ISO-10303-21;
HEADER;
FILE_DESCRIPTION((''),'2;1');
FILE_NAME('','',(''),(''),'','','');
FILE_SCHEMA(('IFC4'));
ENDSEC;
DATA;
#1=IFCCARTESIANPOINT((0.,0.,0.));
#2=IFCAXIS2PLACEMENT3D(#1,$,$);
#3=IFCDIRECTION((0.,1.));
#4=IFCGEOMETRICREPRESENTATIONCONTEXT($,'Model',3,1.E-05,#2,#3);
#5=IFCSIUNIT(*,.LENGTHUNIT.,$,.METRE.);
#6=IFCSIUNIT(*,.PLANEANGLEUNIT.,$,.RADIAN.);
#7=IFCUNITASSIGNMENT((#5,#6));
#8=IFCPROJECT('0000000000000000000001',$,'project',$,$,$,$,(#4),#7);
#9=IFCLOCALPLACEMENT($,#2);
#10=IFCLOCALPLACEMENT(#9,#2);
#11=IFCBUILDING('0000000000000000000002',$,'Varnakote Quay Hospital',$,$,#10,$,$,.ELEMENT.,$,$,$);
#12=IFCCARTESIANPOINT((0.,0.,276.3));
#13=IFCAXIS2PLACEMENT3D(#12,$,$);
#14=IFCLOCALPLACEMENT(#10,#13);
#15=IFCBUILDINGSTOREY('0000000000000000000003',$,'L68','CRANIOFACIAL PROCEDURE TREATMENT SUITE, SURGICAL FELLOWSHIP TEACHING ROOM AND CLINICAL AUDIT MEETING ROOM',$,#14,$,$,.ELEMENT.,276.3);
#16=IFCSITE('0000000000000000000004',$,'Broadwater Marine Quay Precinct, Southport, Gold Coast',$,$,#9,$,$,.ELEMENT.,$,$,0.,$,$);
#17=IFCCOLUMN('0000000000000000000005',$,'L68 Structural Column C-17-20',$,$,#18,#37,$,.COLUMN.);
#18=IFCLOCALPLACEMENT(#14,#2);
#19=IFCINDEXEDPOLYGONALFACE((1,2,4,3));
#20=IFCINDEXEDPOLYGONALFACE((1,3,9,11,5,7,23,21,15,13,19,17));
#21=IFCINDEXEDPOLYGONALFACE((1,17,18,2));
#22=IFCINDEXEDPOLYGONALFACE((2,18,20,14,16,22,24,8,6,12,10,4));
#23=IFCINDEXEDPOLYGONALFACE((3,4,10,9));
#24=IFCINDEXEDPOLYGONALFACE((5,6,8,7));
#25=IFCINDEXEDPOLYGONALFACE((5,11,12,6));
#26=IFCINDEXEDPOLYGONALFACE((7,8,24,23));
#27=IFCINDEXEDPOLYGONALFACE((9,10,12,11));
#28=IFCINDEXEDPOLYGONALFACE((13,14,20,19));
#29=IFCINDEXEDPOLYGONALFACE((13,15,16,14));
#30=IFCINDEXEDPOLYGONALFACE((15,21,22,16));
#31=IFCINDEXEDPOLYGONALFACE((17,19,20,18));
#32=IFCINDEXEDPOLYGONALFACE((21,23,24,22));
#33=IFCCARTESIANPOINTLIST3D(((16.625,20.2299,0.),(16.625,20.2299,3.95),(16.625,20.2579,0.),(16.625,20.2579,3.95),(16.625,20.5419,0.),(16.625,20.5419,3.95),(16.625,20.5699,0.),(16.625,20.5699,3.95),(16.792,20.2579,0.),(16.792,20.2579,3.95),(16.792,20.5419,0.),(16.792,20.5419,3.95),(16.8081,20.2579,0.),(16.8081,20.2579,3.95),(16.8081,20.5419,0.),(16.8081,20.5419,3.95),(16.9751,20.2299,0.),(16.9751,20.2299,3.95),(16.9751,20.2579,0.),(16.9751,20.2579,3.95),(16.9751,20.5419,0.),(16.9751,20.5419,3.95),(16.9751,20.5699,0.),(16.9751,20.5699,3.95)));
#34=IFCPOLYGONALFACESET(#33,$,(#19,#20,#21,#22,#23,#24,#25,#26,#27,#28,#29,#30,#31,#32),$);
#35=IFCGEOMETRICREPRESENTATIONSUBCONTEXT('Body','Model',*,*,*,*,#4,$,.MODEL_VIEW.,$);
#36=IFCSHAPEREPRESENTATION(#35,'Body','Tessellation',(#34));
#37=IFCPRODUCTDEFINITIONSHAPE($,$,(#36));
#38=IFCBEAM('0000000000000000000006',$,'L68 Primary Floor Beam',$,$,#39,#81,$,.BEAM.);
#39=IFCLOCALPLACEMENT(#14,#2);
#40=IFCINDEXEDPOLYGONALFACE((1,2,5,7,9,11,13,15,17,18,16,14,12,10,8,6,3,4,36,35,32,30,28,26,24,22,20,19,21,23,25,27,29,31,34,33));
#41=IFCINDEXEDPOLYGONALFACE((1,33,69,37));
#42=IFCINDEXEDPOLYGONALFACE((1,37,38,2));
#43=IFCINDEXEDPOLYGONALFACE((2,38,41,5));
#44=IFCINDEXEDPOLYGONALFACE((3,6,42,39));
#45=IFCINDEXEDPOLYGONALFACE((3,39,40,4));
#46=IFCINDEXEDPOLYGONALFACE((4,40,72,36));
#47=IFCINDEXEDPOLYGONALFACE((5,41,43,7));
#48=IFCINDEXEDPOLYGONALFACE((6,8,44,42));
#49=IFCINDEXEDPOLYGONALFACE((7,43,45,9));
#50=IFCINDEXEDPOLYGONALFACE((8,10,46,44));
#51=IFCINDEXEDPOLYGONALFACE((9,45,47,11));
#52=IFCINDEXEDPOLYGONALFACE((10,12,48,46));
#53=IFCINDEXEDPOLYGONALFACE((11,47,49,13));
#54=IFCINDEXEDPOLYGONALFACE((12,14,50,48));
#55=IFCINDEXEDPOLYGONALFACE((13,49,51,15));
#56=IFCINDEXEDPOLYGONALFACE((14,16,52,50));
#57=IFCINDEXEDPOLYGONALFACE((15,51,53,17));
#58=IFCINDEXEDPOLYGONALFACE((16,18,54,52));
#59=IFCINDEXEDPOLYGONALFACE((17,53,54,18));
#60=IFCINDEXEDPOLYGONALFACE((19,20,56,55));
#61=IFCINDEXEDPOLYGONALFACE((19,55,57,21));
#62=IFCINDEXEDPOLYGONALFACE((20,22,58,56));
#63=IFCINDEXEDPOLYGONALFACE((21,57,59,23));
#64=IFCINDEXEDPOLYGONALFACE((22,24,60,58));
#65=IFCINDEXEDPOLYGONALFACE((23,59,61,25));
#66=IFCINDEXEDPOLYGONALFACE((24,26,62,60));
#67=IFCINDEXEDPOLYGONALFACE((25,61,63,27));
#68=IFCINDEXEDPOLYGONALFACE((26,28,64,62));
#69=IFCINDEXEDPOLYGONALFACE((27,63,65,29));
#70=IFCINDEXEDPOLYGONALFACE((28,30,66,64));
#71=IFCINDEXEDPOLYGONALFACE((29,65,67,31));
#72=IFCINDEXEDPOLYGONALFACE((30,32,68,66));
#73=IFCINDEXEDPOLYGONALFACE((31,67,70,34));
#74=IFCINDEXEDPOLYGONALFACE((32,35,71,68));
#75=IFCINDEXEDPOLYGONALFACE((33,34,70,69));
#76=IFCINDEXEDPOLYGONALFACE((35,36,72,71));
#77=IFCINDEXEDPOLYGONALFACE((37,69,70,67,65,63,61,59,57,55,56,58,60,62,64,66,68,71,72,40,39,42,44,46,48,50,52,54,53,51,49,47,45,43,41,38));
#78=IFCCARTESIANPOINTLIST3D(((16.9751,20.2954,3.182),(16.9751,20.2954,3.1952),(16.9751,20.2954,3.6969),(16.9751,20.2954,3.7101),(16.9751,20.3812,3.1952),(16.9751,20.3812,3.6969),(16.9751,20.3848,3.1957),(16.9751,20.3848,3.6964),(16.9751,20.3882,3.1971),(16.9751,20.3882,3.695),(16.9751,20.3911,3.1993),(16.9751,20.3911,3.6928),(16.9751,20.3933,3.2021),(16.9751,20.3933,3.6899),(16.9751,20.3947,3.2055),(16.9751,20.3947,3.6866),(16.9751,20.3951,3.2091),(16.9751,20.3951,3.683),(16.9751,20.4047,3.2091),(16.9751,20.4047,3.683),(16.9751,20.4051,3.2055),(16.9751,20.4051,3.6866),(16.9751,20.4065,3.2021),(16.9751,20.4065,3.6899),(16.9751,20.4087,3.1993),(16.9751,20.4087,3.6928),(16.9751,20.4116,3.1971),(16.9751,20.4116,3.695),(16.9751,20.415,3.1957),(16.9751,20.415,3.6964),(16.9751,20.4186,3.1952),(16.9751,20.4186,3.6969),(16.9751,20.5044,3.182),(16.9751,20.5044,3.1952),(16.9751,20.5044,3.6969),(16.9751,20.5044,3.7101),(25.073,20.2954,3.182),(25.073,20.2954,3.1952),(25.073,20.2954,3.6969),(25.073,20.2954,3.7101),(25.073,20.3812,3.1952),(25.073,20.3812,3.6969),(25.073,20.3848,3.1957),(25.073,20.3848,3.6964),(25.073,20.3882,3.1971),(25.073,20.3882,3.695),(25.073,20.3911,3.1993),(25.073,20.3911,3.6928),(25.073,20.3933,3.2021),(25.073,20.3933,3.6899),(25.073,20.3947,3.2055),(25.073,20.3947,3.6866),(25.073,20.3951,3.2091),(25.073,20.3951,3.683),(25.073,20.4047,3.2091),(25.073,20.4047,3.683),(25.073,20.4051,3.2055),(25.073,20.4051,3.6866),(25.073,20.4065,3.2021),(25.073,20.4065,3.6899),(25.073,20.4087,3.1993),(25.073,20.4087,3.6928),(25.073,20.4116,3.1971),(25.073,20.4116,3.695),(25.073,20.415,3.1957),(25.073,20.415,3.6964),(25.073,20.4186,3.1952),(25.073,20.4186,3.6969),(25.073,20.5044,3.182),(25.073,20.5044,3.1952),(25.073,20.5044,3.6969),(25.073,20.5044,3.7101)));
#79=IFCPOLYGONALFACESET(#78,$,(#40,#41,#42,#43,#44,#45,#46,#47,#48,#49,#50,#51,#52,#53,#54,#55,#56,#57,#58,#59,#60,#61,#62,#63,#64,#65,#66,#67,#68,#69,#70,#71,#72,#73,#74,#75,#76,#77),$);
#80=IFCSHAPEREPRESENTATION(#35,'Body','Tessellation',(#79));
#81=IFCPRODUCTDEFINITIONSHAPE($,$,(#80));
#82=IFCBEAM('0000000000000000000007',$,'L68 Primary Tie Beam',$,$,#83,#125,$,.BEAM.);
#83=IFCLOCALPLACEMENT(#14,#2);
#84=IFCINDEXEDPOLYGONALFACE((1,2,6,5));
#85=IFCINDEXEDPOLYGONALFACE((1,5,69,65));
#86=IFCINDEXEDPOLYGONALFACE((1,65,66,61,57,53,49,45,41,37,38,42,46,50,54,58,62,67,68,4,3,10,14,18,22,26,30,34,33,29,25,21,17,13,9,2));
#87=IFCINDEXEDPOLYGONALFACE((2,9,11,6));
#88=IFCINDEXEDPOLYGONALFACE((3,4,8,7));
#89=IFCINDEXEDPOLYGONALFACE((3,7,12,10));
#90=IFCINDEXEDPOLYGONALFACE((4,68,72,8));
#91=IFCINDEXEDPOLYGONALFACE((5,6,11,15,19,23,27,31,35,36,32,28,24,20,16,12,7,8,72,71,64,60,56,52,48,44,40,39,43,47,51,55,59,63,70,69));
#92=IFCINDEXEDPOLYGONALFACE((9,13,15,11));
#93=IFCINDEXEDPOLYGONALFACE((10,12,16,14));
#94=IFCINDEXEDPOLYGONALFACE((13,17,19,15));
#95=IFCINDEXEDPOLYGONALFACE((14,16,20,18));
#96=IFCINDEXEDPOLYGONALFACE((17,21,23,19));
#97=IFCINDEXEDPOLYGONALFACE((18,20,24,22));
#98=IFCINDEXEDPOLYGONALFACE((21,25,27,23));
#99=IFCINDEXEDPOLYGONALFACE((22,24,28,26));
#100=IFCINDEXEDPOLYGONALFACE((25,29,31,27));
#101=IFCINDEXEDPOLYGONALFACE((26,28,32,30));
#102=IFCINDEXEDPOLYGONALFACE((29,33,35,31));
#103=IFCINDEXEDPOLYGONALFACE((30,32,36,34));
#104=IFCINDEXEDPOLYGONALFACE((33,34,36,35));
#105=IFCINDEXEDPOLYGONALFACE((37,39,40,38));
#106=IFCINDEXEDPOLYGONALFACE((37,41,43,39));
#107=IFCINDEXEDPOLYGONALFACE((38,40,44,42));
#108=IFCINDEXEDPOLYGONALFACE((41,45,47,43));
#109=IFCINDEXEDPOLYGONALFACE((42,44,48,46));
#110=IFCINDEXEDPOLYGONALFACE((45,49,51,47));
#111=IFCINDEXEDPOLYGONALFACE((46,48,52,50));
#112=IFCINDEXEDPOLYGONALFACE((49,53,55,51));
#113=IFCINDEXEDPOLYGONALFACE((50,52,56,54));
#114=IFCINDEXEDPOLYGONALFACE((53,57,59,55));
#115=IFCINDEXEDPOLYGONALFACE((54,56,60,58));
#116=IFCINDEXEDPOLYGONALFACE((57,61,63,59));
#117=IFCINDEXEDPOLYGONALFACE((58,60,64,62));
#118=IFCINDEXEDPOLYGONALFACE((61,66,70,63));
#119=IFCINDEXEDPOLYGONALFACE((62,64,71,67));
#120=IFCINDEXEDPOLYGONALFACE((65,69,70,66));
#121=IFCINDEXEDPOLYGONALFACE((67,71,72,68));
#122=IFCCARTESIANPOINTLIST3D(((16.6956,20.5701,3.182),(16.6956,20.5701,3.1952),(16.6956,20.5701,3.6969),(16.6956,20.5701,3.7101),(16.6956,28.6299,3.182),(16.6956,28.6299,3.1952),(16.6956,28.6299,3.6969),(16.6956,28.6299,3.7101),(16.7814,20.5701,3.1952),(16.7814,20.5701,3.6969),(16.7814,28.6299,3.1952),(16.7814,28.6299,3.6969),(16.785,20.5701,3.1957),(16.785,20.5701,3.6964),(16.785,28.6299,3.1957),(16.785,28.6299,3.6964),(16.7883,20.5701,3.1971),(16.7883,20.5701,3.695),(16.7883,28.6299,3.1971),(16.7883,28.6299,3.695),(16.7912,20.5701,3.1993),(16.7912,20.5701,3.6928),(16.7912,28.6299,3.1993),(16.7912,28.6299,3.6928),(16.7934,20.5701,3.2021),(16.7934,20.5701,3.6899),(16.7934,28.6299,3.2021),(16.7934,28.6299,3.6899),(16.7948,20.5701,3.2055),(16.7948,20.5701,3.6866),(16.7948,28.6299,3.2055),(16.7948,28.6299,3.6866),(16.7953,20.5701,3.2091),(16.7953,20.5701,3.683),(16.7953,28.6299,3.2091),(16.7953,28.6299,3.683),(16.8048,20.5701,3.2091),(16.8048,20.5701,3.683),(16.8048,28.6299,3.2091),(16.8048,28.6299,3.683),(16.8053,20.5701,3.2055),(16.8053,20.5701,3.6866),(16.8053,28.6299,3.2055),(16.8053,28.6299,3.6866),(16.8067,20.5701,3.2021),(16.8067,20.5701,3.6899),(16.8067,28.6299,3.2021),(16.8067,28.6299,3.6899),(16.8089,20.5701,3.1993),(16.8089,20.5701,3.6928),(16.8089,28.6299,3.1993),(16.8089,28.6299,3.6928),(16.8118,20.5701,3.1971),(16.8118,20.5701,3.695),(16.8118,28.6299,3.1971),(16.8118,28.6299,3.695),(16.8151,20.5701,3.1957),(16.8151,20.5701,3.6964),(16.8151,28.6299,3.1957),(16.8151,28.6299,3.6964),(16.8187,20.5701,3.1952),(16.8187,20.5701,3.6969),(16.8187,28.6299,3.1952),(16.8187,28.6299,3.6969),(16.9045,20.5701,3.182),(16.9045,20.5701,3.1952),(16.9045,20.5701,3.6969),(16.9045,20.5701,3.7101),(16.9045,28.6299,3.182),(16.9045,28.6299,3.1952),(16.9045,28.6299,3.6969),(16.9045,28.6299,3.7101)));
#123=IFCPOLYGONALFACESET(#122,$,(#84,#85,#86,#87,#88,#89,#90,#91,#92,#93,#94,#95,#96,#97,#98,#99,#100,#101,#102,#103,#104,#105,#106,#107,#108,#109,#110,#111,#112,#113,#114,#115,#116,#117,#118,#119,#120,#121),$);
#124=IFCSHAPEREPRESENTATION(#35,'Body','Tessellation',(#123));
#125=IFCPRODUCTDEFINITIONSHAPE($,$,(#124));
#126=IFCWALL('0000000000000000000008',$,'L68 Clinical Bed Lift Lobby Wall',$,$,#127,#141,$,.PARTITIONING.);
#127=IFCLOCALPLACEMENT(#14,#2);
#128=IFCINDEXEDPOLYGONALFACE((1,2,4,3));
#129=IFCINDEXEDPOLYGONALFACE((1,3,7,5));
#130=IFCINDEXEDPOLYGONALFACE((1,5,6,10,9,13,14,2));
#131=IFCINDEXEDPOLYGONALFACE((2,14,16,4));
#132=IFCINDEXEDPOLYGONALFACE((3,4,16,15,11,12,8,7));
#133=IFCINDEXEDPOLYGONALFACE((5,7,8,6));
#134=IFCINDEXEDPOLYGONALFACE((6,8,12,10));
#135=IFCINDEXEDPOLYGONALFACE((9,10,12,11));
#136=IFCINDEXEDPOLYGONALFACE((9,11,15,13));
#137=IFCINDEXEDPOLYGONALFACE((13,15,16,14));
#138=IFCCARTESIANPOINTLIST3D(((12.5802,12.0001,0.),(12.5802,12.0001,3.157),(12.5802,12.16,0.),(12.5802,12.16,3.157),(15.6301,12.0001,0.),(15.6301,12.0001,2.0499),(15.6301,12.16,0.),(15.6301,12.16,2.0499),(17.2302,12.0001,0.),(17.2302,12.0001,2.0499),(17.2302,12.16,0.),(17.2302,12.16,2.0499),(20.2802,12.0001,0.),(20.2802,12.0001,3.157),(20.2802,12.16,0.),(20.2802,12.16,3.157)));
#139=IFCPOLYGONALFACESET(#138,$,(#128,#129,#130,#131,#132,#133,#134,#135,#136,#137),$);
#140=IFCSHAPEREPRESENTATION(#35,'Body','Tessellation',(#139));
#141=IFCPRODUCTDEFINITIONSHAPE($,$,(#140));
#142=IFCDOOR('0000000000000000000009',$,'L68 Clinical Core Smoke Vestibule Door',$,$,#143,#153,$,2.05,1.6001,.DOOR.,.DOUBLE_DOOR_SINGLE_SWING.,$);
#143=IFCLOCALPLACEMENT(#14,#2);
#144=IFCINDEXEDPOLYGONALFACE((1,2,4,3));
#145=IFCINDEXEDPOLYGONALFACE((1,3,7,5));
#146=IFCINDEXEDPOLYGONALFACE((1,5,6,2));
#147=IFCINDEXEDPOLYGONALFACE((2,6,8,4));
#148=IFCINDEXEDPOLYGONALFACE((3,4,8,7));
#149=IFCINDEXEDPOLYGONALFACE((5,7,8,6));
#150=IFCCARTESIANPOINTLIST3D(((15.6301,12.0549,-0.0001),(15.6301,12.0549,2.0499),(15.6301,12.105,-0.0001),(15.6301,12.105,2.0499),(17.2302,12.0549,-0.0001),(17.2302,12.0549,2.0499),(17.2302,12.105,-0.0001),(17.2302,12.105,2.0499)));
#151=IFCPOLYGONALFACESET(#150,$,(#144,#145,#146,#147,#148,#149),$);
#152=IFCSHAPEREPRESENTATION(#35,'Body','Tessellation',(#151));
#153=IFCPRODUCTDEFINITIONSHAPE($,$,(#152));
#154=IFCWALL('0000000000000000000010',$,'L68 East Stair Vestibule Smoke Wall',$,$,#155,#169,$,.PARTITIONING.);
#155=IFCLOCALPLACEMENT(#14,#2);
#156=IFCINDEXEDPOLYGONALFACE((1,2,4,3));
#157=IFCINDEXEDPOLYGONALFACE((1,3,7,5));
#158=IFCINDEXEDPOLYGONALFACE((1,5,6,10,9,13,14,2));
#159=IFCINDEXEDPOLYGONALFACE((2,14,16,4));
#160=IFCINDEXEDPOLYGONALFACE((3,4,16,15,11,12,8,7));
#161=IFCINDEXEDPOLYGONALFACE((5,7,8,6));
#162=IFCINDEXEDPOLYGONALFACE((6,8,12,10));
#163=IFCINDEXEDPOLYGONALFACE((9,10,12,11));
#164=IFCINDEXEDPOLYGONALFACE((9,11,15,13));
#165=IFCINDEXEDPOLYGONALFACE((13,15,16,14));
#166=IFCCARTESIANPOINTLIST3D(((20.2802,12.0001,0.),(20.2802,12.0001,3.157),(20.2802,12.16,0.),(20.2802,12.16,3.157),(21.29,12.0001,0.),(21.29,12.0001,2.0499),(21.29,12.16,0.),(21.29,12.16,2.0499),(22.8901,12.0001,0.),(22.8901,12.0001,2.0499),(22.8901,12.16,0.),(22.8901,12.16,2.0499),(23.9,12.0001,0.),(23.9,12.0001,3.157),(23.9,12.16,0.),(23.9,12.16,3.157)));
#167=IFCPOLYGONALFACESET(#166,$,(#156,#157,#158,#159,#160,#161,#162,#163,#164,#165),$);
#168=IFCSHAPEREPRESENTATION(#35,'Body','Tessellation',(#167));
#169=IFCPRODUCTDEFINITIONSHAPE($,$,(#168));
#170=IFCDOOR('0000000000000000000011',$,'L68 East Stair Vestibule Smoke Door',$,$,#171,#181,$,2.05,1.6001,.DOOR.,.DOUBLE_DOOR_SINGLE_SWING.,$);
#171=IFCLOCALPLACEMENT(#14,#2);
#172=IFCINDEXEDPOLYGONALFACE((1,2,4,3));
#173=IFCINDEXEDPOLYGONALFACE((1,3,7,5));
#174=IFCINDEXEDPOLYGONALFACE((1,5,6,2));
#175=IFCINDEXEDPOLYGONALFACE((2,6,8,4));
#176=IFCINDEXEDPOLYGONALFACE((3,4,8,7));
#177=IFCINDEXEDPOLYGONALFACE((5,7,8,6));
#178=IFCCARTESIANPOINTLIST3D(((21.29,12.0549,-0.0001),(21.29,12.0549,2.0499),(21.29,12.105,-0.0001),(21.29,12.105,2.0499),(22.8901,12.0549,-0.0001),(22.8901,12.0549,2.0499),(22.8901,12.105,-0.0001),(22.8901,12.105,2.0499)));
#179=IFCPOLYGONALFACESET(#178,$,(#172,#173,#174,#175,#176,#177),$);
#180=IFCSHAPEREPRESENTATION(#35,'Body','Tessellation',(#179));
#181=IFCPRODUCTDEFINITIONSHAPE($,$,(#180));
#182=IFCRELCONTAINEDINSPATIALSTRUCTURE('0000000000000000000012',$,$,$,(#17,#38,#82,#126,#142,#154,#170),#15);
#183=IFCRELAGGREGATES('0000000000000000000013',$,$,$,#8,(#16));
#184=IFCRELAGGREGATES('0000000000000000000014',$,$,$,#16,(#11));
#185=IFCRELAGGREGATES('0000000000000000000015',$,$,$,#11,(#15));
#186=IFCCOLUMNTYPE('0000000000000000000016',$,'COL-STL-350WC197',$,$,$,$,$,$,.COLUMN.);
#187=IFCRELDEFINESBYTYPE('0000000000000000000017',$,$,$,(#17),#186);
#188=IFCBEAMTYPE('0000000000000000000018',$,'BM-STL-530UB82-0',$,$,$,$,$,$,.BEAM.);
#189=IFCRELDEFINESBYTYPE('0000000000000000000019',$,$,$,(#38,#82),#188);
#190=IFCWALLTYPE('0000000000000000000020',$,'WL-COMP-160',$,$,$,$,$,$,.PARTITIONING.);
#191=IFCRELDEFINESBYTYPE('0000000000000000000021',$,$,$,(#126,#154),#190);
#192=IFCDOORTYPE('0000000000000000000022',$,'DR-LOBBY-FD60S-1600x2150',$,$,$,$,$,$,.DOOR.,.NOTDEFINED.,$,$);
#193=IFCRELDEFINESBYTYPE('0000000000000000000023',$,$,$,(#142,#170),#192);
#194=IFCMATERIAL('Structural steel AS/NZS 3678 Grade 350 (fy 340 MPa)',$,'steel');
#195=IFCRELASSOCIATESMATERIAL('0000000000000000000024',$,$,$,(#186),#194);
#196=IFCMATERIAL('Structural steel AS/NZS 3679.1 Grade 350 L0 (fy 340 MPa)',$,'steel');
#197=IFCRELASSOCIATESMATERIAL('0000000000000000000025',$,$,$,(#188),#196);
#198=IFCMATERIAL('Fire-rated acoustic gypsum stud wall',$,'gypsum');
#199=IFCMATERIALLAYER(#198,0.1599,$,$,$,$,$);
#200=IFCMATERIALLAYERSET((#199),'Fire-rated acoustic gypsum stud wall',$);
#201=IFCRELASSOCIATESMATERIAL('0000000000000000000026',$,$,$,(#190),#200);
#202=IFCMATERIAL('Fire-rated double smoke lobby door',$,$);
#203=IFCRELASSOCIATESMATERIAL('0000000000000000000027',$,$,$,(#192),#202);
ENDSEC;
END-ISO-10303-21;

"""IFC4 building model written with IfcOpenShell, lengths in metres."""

from ifc_helpers import new_model, si_unit, direction, frame, frame_2d, origin, origin_2d, place, context, subcontext, project, spatial, rectangle, i_section, extrude, material, layer, layer_set, material_profile, profile_set, type_object, element, fill, save


model = new_model("IFC4")

# Units and contexts
model_context = context("Model", 3, precision=1e-05, world=origin(), true_north=direction((0.0, 1.0)))
body_context = subcontext(model_context, "Body", "Model", "MODEL_VIEW")
ifc_project = project(units=[si_unit("LENGTHUNIT", "METRE"), si_unit("PLANEANGLEUNIT", "RADIAN")], contexts=[model_context])

# Site, building, storey
site_placement = place(None, origin())
site = spatial("IfcSite", under=ifc_project, at=site_placement, Name="Broadwater Marine Quay Precinct, Southport, Gold Coast", CompositionType="ELEMENT", RefElevation=0.0)
building_placement = place(site_placement, origin())
building = spatial("IfcBuilding", under=site, at=building_placement, Name="Varnakote Quay Hospital", CompositionType="ELEMENT")
storey_placement = place(building_placement, frame((0.0, 0.0, 276.3)))
storey = spatial("IfcBuildingStorey", under=building, at=storey_placement, Name="L68", Description="CRANIOFACIAL PROCEDURE TREATMENT SUITE, SURGICAL FELLOWSHIP TEACHING ROOM AND CLINICAL AUDIT MEETING ROOM", CompositionType="ELEMENT", Elevation=276.3)

# Column
ifc_material_1 = material(Name="Structural steel AS/NZS 3678 Grade 350 (fy 340 MPa)", Category="steel")
ifc_material_profile_1 = material_profile(ifc_material_1, i_section(OverallWidth=0.3501, OverallDepth=0.3401, WebThickness=0.0161, FlangeThickness=0.0281, at=origin_2d()), Name="350WC197")
ifc_profile_set_1 = profile_set([ifc_material_profile_1], Name="Structural steel AS/NZS 3678 Grade 350 (fy 340 MPa)")
column_type = type_object("IfcColumnType", Name="COL-STL-350WC197", PredefinedType="COLUMN", material=ifc_profile_set_1)
column_placement = place(storey_placement, frame((16.8, 20.3999, 0.0), z_axis=(0.0, 0.0, 1.0), x_axis=(1.0, 0.0, 0.0)))
element("IfcColumn", 1, at=column_placement, inside=storey, type_object=column_type, Name="L68 Structural Column C-17-20", PredefinedType="COLUMN", context=body_context, shape_type="SweptSolid", body=[
    extrude(i_section(OverallWidth=0.3501, OverallDepth=0.3401, WebThickness=0.0161, FlangeThickness=0.0281, at=origin_2d()), origin(), (0.0, 0.0, 1.0), 3.95),
])

# Beams
ifc_material_2 = material(Name="Structural steel AS/NZS 3679.1 Grade 350 L0 (fy 340 MPa)", Category="steel")
ifc_material_profile_2 = material_profile(ifc_material_2, i_section(OverallWidth=0.209, OverallDepth=0.5281, WebThickness=0.0095, FlangeThickness=0.0132, FilletRadius=0.0139, at=origin_2d()), Name="530UB82.0")
ifc_profile_set_2 = profile_set([ifc_material_profile_2], Name="Structural steel AS/NZS 3679.1 Grade 350 L0 (fy 340 MPa)")
beam_type = type_object("IfcBeamType", Name="BM-STL-530UB82-0", PredefinedType="BEAM", material=ifc_profile_set_2)
beam_1_placement = place(storey_placement, frame((16.9751, 20.3999, 3.446), z_axis=(1.0, 0.0, 0.0), x_axis=(0.0, 1.0, 0.0)))
element("IfcBeam", 2, at=beam_1_placement, inside=storey, type_object=beam_type, Name="L68 Primary Floor Beam", PredefinedType="BEAM", context=body_context, shape_type="SweptSolid", body=[
    extrude(i_section(OverallWidth=0.209, OverallDepth=0.5281, WebThickness=0.0095, FlangeThickness=0.0132, FilletRadius=0.0139, at=origin_2d()), origin(), (0.0, 0.0, 1.0), 8.0979),
])
beam_2_placement = place(storey_placement, frame((16.8, 20.5701, 3.446), z_axis=(0.0, 1.0, 0.0), x_axis=(-1.0, 0.0, 0.0)))
element("IfcBeam", 3, at=beam_2_placement, inside=storey, type_object=beam_type, Name="L68 Primary Tie Beam", PredefinedType="BEAM", context=body_context, shape_type="SweptSolid", body=[
    extrude(i_section(OverallWidth=0.209, OverallDepth=0.5281, WebThickness=0.0095, FlangeThickness=0.0132, FilletRadius=0.0139, at=origin_2d()), origin(), (0.0, 0.0, 1.0), 8.0598),
])

# Walls, openings, doors
ifc_material_3 = material(Name="Fire-rated acoustic gypsum stud wall", Category="gypsum")
ifc_layer_1 = layer(ifc_material_3, 0.1599)
ifc_layer_set_1 = layer_set([ifc_layer_1], Name="Fire-rated acoustic gypsum stud wall")
wall_type_1 = type_object("IfcWallType", Name="WL-COMP-160", PredefinedType="PARTITIONING", material=ifc_layer_set_1)
wall_1_placement = place(storey_placement, frame((12.5801, 12.0801, 0.0), z_axis=(0.0, 0.0, 1.0), x_axis=(1.0, 0.0, 0.0)))
wall_1 = element("IfcWall", 4, at=wall_1_placement, inside=storey, type_object=wall_type_1, Name="L68 Clinical Bed Lift Lobby Wall", PredefinedType="PARTITIONING", context=body_context, shape_type="SweptSolid", body=[
    extrude(rectangle(XDim=7.7, YDim=0.1599, at=frame_2d((3.8501, 0.0))), origin(), (0.0, 0.0, 1.0), 3.157),
])
opening_1_placement = place(wall_1_placement, frame((3.05, 0.0, 0.0)))
opening_1 = element("IfcOpeningElement", 5, at=opening_1_placement, cuts=wall_1, PredefinedType="OPENING", context=body_context, shape_type="SweptSolid", body=[
    extrude(rectangle(XDim=1.6001, YDim=2.05, at=frame_2d((0.8, 1.0249))), frame((0.0, 0.0898, 0.0), z_axis=(0.0, -1.0, 0.0), x_axis=(1.0, 0.0, 0.0)), (0.0, 0.0, 1.0), 0.1799),
])
ifc_material_4 = material(Name="Fire-rated double smoke lobby door")
door_type_1 = type_object("IfcDoorType", Name="DR-LOBBY-FD60S-1600x2150", OperationType="NOTDEFINED", PredefinedType="DOOR", material=ifc_material_4)
door_1_placement = place(opening_1_placement, origin())
door_1 = element("IfcDoor", 6, at=door_1_placement, inside=storey, type_object=door_type_1, Name="L68 Clinical Core Smoke Vestibule Door", OperationType="DOUBLE_DOOR_SINGLE_SWING", OverallHeight=2.05, OverallWidth=1.6001, PredefinedType="DOOR", context=body_context, shape_type="SweptSolid", body=[
    extrude(rectangle(XDim=1.6001, YDim=2.05, at=frame_2d((0.8, 1.0249))), frame((0.0, 0.0249, 0.0), z_axis=(0.0, -1.0, 0.0), x_axis=(1.0, 0.0, 0.0)), (0.0, 0.0, 1.0), 0.05),
])
fill(opening_1, door_1)
wall_2_placement = place(storey_placement, frame((20.28, 12.0801, 0.0), z_axis=(0.0, 0.0, 1.0), x_axis=(1.0, 0.0, 0.0)))
wall_2 = element("IfcWall", 7, at=wall_2_placement, inside=storey, type_object=wall_type_1, Name="L68 East Stair Vestibule Smoke Wall", PredefinedType="PARTITIONING", context=body_context, shape_type="SweptSolid", body=[
    extrude(rectangle(XDim=3.6199, YDim=0.1599, at=frame_2d((1.8101, 0.0))), origin(), (0.0, 0.0, 1.0), 3.157),
])
opening_2_placement = place(wall_2_placement, frame((1.01, 0.0, 0.0)))
opening_2 = element("IfcOpeningElement", 8, at=opening_2_placement, cuts=wall_2, PredefinedType="OPENING", context=body_context, shape_type="SweptSolid", body=[
    extrude(rectangle(XDim=1.6001, YDim=2.05, at=frame_2d((0.8, 1.0249))), frame((0.0, 0.0898, 0.0), z_axis=(0.0, -1.0, 0.0), x_axis=(1.0, 0.0, 0.0)), (0.0, 0.0, 1.0), 0.1799),
])
door_2_placement = place(opening_2_placement, origin())
door_2 = element("IfcDoor", 9, at=door_2_placement, inside=storey, type_object=door_type_1, Name="L68 East Stair Vestibule Smoke Door", OperationType="DOUBLE_DOOR_SINGLE_SWING", OverallHeight=2.05, OverallWidth=1.6001, PredefinedType="DOOR", context=body_context, shape_type="SweptSolid", body=[
    extrude(rectangle(XDim=1.6001, YDim=2.05, at=frame_2d((0.8, 1.0249))), frame((0.0, 0.0249, 0.0), z_axis=(0.0, -1.0, 0.0), x_axis=(1.0, 0.0, 0.0)), (0.0, 0.0, 1.0), 0.05),
])
fill(opening_2, door_2)

save(model, "model.ifc")
